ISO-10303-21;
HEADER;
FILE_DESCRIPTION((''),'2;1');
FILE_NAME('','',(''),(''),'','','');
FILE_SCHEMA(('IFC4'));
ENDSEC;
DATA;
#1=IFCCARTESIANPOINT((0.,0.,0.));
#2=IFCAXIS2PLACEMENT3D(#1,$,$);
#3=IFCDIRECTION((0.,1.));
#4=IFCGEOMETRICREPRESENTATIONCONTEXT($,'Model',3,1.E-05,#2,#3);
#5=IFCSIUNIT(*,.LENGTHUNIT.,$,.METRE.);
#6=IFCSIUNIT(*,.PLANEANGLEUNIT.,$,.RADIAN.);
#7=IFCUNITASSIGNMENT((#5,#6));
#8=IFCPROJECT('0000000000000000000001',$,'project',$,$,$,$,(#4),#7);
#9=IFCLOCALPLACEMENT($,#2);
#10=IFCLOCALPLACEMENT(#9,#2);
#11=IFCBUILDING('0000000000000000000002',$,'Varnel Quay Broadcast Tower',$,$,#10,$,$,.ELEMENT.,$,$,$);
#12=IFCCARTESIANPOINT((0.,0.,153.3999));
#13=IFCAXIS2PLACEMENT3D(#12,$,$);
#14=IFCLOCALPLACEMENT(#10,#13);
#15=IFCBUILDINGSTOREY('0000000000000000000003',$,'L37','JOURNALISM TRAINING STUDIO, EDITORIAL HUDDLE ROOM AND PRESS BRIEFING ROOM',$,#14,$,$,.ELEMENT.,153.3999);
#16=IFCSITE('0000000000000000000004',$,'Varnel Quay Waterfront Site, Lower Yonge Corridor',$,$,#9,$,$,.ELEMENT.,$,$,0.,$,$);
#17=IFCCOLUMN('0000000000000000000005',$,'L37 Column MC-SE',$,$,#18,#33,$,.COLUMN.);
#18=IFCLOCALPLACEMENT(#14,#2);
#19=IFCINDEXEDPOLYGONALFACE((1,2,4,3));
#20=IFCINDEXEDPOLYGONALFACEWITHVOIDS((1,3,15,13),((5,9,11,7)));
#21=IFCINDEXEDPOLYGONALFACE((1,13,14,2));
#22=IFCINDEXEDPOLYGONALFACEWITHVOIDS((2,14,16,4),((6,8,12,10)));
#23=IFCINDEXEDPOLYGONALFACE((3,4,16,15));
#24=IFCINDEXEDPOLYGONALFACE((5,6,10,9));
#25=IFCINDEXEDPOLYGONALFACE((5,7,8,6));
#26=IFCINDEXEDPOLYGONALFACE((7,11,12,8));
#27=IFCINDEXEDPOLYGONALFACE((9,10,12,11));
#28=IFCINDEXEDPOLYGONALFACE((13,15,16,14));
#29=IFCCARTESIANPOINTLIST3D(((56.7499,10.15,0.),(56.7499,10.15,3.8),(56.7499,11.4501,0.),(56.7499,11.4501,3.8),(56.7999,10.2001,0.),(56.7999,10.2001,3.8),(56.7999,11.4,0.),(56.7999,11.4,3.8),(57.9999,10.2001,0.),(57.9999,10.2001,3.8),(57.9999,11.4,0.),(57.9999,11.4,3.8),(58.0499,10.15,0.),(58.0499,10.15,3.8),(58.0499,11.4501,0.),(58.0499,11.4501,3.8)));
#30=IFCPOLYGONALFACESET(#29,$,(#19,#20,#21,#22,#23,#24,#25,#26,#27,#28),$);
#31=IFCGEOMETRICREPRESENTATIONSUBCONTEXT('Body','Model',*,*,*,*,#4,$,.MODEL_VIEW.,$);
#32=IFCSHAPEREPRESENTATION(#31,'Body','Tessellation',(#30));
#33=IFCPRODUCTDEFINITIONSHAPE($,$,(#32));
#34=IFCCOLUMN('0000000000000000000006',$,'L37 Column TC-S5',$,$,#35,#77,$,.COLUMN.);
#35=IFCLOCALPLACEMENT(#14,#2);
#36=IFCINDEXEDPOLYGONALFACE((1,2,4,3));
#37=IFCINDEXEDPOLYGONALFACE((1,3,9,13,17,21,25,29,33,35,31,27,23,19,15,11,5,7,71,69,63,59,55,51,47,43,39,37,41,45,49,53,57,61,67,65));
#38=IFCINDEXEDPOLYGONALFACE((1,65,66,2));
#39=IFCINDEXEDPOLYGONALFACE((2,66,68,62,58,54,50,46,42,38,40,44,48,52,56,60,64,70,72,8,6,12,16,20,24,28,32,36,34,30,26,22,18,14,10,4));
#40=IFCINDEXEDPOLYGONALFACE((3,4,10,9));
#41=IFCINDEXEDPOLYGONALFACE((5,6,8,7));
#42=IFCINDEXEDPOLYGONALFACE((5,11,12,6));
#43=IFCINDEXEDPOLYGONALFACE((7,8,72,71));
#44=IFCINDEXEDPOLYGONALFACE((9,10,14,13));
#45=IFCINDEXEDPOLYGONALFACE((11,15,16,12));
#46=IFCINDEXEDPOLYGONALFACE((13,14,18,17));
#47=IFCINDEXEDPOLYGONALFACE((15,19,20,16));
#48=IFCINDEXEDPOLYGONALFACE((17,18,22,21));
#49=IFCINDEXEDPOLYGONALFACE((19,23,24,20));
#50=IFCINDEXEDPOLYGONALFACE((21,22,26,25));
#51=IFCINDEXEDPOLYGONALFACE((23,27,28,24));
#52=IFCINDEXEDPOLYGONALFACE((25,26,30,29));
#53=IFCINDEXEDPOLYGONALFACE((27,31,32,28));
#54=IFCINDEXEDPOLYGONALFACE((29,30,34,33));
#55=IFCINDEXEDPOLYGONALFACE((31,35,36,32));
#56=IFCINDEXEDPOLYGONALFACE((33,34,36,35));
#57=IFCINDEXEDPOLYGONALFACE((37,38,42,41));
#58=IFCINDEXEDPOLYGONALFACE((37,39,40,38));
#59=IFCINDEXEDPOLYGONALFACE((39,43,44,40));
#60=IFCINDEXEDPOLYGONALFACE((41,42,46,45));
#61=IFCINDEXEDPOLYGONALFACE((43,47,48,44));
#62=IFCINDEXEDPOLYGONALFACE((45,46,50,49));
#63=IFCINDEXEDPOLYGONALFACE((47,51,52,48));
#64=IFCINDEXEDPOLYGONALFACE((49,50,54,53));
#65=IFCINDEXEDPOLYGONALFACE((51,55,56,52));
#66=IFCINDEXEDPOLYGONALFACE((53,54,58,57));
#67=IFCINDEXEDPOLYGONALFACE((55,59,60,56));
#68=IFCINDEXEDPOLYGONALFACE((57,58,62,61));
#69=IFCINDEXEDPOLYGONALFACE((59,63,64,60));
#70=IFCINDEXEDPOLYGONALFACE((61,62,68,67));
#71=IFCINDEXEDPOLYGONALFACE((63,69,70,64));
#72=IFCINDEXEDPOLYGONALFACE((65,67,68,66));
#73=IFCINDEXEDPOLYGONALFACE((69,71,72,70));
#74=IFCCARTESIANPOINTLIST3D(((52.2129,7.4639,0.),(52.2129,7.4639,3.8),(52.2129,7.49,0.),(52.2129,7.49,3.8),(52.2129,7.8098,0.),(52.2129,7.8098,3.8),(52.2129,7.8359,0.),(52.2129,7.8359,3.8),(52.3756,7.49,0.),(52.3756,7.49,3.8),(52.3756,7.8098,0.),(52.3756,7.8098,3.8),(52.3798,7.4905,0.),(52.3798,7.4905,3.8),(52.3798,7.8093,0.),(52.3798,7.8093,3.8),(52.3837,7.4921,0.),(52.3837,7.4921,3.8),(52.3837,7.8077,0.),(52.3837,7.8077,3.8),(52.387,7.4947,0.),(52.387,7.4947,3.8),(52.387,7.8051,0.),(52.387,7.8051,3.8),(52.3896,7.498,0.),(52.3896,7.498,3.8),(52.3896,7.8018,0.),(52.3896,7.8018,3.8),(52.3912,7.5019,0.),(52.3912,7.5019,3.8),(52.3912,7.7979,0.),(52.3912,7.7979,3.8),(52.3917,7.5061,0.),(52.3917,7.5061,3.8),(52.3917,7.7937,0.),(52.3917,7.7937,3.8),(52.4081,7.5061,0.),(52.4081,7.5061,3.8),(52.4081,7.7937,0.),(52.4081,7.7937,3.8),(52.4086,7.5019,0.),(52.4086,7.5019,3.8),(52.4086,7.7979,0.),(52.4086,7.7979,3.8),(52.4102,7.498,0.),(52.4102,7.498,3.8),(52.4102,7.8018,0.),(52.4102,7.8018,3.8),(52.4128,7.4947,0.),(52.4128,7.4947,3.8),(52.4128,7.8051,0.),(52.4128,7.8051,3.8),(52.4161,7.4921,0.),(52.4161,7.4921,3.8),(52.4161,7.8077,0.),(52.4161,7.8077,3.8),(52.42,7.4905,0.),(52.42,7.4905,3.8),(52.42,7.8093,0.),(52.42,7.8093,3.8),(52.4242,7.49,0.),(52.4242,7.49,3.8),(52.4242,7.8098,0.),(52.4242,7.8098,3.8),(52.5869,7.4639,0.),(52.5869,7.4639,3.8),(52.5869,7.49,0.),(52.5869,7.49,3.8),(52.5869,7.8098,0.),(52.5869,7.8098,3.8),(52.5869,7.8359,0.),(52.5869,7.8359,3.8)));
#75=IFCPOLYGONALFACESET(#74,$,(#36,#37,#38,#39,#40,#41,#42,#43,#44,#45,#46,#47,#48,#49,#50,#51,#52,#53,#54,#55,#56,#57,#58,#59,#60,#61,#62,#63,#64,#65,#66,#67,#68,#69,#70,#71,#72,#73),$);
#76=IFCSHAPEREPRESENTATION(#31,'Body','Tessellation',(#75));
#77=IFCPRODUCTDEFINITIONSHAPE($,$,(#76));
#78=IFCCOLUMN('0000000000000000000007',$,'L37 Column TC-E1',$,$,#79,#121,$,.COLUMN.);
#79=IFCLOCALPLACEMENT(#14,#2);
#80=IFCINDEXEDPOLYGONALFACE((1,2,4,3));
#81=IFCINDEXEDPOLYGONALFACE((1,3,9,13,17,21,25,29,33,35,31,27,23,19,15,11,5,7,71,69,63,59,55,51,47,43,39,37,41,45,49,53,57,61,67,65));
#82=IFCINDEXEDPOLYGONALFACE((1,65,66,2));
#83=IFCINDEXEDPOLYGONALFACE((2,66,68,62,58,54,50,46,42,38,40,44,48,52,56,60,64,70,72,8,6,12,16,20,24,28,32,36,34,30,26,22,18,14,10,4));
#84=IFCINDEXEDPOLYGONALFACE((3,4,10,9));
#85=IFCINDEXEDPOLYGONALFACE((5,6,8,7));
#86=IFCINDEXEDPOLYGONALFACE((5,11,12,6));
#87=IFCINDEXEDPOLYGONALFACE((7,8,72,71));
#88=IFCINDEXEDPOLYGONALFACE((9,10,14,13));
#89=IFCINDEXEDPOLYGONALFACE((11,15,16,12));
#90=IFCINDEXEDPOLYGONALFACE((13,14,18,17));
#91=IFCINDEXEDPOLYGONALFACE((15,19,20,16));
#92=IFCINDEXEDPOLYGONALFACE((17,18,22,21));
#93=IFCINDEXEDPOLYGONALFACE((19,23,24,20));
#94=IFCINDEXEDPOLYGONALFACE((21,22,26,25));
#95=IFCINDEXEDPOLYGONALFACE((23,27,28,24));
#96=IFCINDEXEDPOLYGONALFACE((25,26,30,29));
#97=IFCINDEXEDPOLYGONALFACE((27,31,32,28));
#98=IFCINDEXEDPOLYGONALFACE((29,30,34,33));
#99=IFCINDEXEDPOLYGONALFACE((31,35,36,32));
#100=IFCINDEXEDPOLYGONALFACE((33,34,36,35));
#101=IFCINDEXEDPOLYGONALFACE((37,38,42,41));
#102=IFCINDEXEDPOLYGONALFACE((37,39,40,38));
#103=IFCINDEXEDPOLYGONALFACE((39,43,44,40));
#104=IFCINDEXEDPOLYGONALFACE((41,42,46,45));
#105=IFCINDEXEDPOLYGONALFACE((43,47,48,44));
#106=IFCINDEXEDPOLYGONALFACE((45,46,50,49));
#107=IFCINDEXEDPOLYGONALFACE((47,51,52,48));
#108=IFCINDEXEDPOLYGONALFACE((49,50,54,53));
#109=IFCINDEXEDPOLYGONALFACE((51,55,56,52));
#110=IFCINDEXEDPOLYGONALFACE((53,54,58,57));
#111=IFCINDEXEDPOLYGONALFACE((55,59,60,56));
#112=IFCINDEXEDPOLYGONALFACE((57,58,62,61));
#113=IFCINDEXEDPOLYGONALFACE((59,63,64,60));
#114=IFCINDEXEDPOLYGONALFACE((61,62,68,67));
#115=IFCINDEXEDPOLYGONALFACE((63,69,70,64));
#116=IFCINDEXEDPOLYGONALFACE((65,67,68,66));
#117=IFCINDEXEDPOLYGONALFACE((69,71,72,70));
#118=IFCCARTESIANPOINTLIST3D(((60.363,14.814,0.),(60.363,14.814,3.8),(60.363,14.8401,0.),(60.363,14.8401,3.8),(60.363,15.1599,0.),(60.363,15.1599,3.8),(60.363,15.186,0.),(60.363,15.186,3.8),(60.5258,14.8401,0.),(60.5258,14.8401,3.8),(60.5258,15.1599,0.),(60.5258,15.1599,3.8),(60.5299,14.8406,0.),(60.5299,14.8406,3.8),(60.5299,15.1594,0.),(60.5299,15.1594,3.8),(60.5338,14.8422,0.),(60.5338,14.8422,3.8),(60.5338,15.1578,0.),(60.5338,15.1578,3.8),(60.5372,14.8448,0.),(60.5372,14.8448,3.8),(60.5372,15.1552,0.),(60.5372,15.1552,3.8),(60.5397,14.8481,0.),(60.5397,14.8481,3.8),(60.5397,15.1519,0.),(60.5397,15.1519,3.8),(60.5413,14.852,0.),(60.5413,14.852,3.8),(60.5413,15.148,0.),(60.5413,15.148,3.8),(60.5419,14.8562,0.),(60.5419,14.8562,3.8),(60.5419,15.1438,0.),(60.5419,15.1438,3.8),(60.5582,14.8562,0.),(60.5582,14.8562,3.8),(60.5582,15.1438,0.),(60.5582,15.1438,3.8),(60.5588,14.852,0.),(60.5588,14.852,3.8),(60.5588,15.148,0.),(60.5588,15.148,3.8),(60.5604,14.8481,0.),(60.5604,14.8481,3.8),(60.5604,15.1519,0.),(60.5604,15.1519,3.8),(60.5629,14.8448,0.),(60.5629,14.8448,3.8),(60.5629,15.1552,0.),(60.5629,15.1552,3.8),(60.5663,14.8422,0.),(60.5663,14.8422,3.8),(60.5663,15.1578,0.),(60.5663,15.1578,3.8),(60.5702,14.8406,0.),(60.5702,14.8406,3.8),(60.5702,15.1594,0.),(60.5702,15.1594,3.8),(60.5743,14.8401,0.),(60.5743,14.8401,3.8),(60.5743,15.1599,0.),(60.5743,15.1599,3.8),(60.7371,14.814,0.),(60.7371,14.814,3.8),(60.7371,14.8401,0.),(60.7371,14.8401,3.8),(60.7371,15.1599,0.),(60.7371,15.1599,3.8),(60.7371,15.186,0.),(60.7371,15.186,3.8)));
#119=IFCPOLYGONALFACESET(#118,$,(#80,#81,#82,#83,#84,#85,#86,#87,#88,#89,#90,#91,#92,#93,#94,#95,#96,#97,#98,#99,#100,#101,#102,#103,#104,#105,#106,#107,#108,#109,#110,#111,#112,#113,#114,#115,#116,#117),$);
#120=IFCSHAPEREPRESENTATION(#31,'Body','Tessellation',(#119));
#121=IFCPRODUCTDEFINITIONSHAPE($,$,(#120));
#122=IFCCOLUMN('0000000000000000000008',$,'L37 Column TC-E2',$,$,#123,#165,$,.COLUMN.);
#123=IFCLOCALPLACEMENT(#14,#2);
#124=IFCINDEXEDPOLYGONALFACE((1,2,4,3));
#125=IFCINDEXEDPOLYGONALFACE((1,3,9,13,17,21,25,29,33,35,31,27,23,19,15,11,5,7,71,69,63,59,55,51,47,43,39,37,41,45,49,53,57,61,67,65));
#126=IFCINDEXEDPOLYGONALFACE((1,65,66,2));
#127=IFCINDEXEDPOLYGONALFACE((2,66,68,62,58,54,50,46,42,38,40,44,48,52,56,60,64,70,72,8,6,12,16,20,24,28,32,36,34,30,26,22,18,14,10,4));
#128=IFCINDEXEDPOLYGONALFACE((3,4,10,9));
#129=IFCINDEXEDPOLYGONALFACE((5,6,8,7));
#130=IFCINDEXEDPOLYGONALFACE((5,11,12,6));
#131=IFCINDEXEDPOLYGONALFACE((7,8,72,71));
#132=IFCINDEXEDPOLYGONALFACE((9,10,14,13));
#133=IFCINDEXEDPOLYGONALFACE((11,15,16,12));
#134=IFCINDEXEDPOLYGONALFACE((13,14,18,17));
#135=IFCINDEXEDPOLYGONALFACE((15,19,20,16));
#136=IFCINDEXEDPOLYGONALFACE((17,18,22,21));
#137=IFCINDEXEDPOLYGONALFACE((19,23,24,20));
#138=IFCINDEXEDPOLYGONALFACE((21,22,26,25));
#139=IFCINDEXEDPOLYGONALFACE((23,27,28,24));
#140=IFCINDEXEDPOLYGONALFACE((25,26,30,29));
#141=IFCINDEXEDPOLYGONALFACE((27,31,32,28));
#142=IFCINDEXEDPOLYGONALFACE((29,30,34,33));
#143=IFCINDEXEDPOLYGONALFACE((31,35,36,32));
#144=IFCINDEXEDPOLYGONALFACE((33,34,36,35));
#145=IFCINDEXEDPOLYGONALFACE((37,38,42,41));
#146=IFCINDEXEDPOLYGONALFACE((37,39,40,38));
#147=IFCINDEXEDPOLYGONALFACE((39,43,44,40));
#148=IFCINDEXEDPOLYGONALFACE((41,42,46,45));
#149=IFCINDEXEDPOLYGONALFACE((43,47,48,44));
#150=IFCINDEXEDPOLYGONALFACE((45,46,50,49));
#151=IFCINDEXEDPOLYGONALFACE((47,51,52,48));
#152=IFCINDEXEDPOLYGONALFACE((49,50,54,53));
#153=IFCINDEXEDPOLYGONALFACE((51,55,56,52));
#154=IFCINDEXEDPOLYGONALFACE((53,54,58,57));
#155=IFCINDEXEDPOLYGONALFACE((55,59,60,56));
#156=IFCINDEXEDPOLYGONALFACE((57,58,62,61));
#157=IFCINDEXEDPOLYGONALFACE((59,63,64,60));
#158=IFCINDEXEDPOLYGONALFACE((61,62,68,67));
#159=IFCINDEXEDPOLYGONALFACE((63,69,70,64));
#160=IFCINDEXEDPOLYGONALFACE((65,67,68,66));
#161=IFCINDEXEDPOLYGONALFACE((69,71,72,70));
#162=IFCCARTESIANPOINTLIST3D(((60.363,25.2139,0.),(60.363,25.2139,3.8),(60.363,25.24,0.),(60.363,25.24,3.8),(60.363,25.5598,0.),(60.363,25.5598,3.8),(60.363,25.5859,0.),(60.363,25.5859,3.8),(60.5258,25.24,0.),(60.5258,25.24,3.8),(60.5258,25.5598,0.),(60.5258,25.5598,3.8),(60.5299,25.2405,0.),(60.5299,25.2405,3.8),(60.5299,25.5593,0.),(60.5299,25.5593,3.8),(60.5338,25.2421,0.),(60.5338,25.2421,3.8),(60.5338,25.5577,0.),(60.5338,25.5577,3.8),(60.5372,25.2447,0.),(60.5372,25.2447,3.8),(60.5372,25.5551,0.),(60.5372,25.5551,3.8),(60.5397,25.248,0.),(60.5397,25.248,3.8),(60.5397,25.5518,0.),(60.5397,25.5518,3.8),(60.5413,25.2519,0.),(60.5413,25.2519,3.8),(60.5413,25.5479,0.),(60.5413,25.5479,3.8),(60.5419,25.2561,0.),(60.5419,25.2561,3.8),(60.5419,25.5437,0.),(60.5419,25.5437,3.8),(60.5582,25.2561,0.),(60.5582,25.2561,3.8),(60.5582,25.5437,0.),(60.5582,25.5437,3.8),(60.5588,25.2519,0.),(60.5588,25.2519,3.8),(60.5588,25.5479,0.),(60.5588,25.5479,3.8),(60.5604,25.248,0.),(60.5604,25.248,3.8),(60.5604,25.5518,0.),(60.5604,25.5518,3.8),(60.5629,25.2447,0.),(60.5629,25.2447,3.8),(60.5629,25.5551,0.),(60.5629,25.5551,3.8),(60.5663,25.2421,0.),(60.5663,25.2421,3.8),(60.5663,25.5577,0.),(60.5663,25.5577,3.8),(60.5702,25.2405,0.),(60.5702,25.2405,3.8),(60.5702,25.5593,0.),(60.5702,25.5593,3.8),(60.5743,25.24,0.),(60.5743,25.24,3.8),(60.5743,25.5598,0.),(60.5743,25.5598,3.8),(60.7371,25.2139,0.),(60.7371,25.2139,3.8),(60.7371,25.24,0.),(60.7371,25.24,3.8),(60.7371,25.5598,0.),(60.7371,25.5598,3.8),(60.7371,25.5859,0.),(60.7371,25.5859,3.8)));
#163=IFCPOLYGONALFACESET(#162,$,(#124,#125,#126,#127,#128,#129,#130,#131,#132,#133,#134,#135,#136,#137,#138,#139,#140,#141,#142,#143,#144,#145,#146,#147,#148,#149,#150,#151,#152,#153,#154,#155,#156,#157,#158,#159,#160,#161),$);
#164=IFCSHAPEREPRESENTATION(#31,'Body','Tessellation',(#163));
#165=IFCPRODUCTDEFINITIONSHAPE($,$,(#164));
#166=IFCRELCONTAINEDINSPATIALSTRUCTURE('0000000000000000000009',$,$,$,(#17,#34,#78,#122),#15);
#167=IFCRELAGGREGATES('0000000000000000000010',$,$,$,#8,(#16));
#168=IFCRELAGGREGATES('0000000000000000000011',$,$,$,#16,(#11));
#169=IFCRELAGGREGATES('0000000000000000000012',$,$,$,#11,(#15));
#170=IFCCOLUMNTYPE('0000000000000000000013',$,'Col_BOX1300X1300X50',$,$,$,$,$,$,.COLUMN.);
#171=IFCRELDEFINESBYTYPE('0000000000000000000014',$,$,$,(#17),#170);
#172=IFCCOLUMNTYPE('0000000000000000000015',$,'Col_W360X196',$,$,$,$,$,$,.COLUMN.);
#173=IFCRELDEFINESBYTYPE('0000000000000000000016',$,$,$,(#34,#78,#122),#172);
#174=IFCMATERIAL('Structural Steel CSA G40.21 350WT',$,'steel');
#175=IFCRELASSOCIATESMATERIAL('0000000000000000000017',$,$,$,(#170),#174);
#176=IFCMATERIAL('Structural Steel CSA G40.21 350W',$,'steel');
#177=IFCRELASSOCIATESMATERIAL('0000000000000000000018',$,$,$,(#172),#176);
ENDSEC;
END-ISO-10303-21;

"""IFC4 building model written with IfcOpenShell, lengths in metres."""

from ifc_helpers import new_model, si_unit, direction, frame, origin, origin_2d, place, context, subcontext, project, spatial, hollow_rectangle, i_section, extrude, source, transform, mapped, material, material_profile, profile_set, type_object, type_shapes, element, save


model = new_model("IFC4")

# Units and contexts
model_context = context("Model", 3, precision=1e-05, world=origin(), true_north=direction((0.0, 1.0)))
body_context = subcontext(model_context, "Body", "Model", "MODEL_VIEW")
ifc_project = project(units=[si_unit("LENGTHUNIT", "METRE"), si_unit("PLANEANGLEUNIT", "RADIAN")], contexts=[model_context])

# Site, building, storey
site_placement = place(None, origin())
site = spatial("IfcSite", under=ifc_project, at=site_placement, Name="Varnel Quay Waterfront Site, Lower Yonge Corridor", CompositionType="ELEMENT", RefElevation=0.0)
building_placement = place(site_placement, origin())
building = spatial("IfcBuilding", under=site, at=building_placement, Name="Varnel Quay Broadcast Tower", CompositionType="ELEMENT")
storey_placement = place(building_placement, frame((0.0, 0.0, 153.3999)))
storey = spatial("IfcBuildingStorey", under=building, at=storey_placement, Name="L37", Description="JOURNALISM TRAINING STUDIO, EDITORIAL HUDDLE ROOM AND PRESS BRIEFING ROOM", CompositionType="ELEMENT", Elevation=153.3999)

# Columns
ifc_material_1 = material(Name="Structural Steel CSA G40.21 350WT", Category="steel")
ifc_material_profile_1 = material_profile(ifc_material_1, hollow_rectangle(XDim=1.3, YDim=1.3, WallThickness=0.05, at=origin_2d()), Name="BOX1300X1300X50")
ifc_profile_set_1 = profile_set([ifc_material_profile_1], Name="Structural Steel CSA G40.21 350WT")
column_type_1 = type_object("IfcColumnType", Name="Col_BOX1300X1300X50", PredefinedType="COLUMN", material=ifc_profile_set_1)
shared_shape_1 = source(origin(), body_context, "Body", "SweptSolid", [
    extrude(hollow_rectangle(XDim=1.3, YDim=1.3, WallThickness=0.05, at=origin_2d()), origin(), (0.0, 0.0, 1.0), 3.8),
])
type_shapes(column_type_1, [shared_shape_1])
column_placement = place(storey_placement, frame((57.3999, 10.8, 0.0), z_axis=(0.0, 0.0, 1.0), x_axis=(1.0, 0.0, 0.0)))
element("IfcColumn", 1, at=column_placement, inside=storey, type_object=column_type_1, Name="L37 Column MC-SE", PredefinedType="COLUMN", context=body_context, shape_type="MappedRepresentation", body=[
    mapped(shared_shape_1, transform((0.0, 0.0, 0.0), x_axis=(1.0, 0.0, 0.0), y_axis=(0.0, 1.0, 0.0), z_axis=(0.0, 0.0, 1.0), scale=1.0)),
])
ifc_material_2 = material(Name="Structural Steel CSA G40.21 350W", Category="steel")
ifc_material_profile_2 = material_profile(ifc_material_2, i_section(OverallWidth=0.374, OverallDepth=0.3721, WebThickness=0.0164, FlangeThickness=0.0261, FilletRadius=0.0161, at=origin_2d()), Name="W360X196")
ifc_profile_set_2 = profile_set([ifc_material_profile_2], Name="Structural Steel CSA G40.21 350W")
column_type_2 = type_object("IfcColumnType", Name="Col_W360X196", PredefinedType="COLUMN", material=ifc_profile_set_2)
shared_shape_2 = source(origin(), body_context, "Body", "SweptSolid", [
    extrude(i_section(OverallWidth=0.374, OverallDepth=0.3721, WebThickness=0.0164, FlangeThickness=0.0261, FilletRadius=0.0161, at=origin_2d()), origin(), (0.0, 0.0, 1.0), 3.8),
])
type_shapes(column_type_2, [shared_shape_2])
for number, where, z_axis, x_axis, name in (
    (2, (52.3999, 7.6499, 0.0), (0.0, 0.0, 1.0), (1.0, 0.0, 0.0), "L37 Column TC-S5"),
    (3, (60.55, 15.0, 0.0), (0.0, 0.0, 1.0), (1.0, 0.0, 0.0), "L37 Column TC-E1"),
    (4, (60.55, 25.3999, 0.0), (0.0, 0.0, 1.0), (1.0, 0.0, 0.0), "L37 Column TC-E2"),
):
    element("IfcColumn", number, at=place(storey_placement, frame(where, z_axis=z_axis, x_axis=x_axis)), inside=storey, type_object=column_type_2, Name=name, PredefinedType="COLUMN", context=body_context, shape_type="MappedRepresentation", body=[
        mapped(shared_shape_2, transform((0.0, 0.0, 0.0), x_axis=(1.0, 0.0, 0.0), y_axis=(0.0, 1.0, 0.0), z_axis=(0.0, 0.0, 1.0), scale=1.0)),
    ])

save(model, "model.ifc")
